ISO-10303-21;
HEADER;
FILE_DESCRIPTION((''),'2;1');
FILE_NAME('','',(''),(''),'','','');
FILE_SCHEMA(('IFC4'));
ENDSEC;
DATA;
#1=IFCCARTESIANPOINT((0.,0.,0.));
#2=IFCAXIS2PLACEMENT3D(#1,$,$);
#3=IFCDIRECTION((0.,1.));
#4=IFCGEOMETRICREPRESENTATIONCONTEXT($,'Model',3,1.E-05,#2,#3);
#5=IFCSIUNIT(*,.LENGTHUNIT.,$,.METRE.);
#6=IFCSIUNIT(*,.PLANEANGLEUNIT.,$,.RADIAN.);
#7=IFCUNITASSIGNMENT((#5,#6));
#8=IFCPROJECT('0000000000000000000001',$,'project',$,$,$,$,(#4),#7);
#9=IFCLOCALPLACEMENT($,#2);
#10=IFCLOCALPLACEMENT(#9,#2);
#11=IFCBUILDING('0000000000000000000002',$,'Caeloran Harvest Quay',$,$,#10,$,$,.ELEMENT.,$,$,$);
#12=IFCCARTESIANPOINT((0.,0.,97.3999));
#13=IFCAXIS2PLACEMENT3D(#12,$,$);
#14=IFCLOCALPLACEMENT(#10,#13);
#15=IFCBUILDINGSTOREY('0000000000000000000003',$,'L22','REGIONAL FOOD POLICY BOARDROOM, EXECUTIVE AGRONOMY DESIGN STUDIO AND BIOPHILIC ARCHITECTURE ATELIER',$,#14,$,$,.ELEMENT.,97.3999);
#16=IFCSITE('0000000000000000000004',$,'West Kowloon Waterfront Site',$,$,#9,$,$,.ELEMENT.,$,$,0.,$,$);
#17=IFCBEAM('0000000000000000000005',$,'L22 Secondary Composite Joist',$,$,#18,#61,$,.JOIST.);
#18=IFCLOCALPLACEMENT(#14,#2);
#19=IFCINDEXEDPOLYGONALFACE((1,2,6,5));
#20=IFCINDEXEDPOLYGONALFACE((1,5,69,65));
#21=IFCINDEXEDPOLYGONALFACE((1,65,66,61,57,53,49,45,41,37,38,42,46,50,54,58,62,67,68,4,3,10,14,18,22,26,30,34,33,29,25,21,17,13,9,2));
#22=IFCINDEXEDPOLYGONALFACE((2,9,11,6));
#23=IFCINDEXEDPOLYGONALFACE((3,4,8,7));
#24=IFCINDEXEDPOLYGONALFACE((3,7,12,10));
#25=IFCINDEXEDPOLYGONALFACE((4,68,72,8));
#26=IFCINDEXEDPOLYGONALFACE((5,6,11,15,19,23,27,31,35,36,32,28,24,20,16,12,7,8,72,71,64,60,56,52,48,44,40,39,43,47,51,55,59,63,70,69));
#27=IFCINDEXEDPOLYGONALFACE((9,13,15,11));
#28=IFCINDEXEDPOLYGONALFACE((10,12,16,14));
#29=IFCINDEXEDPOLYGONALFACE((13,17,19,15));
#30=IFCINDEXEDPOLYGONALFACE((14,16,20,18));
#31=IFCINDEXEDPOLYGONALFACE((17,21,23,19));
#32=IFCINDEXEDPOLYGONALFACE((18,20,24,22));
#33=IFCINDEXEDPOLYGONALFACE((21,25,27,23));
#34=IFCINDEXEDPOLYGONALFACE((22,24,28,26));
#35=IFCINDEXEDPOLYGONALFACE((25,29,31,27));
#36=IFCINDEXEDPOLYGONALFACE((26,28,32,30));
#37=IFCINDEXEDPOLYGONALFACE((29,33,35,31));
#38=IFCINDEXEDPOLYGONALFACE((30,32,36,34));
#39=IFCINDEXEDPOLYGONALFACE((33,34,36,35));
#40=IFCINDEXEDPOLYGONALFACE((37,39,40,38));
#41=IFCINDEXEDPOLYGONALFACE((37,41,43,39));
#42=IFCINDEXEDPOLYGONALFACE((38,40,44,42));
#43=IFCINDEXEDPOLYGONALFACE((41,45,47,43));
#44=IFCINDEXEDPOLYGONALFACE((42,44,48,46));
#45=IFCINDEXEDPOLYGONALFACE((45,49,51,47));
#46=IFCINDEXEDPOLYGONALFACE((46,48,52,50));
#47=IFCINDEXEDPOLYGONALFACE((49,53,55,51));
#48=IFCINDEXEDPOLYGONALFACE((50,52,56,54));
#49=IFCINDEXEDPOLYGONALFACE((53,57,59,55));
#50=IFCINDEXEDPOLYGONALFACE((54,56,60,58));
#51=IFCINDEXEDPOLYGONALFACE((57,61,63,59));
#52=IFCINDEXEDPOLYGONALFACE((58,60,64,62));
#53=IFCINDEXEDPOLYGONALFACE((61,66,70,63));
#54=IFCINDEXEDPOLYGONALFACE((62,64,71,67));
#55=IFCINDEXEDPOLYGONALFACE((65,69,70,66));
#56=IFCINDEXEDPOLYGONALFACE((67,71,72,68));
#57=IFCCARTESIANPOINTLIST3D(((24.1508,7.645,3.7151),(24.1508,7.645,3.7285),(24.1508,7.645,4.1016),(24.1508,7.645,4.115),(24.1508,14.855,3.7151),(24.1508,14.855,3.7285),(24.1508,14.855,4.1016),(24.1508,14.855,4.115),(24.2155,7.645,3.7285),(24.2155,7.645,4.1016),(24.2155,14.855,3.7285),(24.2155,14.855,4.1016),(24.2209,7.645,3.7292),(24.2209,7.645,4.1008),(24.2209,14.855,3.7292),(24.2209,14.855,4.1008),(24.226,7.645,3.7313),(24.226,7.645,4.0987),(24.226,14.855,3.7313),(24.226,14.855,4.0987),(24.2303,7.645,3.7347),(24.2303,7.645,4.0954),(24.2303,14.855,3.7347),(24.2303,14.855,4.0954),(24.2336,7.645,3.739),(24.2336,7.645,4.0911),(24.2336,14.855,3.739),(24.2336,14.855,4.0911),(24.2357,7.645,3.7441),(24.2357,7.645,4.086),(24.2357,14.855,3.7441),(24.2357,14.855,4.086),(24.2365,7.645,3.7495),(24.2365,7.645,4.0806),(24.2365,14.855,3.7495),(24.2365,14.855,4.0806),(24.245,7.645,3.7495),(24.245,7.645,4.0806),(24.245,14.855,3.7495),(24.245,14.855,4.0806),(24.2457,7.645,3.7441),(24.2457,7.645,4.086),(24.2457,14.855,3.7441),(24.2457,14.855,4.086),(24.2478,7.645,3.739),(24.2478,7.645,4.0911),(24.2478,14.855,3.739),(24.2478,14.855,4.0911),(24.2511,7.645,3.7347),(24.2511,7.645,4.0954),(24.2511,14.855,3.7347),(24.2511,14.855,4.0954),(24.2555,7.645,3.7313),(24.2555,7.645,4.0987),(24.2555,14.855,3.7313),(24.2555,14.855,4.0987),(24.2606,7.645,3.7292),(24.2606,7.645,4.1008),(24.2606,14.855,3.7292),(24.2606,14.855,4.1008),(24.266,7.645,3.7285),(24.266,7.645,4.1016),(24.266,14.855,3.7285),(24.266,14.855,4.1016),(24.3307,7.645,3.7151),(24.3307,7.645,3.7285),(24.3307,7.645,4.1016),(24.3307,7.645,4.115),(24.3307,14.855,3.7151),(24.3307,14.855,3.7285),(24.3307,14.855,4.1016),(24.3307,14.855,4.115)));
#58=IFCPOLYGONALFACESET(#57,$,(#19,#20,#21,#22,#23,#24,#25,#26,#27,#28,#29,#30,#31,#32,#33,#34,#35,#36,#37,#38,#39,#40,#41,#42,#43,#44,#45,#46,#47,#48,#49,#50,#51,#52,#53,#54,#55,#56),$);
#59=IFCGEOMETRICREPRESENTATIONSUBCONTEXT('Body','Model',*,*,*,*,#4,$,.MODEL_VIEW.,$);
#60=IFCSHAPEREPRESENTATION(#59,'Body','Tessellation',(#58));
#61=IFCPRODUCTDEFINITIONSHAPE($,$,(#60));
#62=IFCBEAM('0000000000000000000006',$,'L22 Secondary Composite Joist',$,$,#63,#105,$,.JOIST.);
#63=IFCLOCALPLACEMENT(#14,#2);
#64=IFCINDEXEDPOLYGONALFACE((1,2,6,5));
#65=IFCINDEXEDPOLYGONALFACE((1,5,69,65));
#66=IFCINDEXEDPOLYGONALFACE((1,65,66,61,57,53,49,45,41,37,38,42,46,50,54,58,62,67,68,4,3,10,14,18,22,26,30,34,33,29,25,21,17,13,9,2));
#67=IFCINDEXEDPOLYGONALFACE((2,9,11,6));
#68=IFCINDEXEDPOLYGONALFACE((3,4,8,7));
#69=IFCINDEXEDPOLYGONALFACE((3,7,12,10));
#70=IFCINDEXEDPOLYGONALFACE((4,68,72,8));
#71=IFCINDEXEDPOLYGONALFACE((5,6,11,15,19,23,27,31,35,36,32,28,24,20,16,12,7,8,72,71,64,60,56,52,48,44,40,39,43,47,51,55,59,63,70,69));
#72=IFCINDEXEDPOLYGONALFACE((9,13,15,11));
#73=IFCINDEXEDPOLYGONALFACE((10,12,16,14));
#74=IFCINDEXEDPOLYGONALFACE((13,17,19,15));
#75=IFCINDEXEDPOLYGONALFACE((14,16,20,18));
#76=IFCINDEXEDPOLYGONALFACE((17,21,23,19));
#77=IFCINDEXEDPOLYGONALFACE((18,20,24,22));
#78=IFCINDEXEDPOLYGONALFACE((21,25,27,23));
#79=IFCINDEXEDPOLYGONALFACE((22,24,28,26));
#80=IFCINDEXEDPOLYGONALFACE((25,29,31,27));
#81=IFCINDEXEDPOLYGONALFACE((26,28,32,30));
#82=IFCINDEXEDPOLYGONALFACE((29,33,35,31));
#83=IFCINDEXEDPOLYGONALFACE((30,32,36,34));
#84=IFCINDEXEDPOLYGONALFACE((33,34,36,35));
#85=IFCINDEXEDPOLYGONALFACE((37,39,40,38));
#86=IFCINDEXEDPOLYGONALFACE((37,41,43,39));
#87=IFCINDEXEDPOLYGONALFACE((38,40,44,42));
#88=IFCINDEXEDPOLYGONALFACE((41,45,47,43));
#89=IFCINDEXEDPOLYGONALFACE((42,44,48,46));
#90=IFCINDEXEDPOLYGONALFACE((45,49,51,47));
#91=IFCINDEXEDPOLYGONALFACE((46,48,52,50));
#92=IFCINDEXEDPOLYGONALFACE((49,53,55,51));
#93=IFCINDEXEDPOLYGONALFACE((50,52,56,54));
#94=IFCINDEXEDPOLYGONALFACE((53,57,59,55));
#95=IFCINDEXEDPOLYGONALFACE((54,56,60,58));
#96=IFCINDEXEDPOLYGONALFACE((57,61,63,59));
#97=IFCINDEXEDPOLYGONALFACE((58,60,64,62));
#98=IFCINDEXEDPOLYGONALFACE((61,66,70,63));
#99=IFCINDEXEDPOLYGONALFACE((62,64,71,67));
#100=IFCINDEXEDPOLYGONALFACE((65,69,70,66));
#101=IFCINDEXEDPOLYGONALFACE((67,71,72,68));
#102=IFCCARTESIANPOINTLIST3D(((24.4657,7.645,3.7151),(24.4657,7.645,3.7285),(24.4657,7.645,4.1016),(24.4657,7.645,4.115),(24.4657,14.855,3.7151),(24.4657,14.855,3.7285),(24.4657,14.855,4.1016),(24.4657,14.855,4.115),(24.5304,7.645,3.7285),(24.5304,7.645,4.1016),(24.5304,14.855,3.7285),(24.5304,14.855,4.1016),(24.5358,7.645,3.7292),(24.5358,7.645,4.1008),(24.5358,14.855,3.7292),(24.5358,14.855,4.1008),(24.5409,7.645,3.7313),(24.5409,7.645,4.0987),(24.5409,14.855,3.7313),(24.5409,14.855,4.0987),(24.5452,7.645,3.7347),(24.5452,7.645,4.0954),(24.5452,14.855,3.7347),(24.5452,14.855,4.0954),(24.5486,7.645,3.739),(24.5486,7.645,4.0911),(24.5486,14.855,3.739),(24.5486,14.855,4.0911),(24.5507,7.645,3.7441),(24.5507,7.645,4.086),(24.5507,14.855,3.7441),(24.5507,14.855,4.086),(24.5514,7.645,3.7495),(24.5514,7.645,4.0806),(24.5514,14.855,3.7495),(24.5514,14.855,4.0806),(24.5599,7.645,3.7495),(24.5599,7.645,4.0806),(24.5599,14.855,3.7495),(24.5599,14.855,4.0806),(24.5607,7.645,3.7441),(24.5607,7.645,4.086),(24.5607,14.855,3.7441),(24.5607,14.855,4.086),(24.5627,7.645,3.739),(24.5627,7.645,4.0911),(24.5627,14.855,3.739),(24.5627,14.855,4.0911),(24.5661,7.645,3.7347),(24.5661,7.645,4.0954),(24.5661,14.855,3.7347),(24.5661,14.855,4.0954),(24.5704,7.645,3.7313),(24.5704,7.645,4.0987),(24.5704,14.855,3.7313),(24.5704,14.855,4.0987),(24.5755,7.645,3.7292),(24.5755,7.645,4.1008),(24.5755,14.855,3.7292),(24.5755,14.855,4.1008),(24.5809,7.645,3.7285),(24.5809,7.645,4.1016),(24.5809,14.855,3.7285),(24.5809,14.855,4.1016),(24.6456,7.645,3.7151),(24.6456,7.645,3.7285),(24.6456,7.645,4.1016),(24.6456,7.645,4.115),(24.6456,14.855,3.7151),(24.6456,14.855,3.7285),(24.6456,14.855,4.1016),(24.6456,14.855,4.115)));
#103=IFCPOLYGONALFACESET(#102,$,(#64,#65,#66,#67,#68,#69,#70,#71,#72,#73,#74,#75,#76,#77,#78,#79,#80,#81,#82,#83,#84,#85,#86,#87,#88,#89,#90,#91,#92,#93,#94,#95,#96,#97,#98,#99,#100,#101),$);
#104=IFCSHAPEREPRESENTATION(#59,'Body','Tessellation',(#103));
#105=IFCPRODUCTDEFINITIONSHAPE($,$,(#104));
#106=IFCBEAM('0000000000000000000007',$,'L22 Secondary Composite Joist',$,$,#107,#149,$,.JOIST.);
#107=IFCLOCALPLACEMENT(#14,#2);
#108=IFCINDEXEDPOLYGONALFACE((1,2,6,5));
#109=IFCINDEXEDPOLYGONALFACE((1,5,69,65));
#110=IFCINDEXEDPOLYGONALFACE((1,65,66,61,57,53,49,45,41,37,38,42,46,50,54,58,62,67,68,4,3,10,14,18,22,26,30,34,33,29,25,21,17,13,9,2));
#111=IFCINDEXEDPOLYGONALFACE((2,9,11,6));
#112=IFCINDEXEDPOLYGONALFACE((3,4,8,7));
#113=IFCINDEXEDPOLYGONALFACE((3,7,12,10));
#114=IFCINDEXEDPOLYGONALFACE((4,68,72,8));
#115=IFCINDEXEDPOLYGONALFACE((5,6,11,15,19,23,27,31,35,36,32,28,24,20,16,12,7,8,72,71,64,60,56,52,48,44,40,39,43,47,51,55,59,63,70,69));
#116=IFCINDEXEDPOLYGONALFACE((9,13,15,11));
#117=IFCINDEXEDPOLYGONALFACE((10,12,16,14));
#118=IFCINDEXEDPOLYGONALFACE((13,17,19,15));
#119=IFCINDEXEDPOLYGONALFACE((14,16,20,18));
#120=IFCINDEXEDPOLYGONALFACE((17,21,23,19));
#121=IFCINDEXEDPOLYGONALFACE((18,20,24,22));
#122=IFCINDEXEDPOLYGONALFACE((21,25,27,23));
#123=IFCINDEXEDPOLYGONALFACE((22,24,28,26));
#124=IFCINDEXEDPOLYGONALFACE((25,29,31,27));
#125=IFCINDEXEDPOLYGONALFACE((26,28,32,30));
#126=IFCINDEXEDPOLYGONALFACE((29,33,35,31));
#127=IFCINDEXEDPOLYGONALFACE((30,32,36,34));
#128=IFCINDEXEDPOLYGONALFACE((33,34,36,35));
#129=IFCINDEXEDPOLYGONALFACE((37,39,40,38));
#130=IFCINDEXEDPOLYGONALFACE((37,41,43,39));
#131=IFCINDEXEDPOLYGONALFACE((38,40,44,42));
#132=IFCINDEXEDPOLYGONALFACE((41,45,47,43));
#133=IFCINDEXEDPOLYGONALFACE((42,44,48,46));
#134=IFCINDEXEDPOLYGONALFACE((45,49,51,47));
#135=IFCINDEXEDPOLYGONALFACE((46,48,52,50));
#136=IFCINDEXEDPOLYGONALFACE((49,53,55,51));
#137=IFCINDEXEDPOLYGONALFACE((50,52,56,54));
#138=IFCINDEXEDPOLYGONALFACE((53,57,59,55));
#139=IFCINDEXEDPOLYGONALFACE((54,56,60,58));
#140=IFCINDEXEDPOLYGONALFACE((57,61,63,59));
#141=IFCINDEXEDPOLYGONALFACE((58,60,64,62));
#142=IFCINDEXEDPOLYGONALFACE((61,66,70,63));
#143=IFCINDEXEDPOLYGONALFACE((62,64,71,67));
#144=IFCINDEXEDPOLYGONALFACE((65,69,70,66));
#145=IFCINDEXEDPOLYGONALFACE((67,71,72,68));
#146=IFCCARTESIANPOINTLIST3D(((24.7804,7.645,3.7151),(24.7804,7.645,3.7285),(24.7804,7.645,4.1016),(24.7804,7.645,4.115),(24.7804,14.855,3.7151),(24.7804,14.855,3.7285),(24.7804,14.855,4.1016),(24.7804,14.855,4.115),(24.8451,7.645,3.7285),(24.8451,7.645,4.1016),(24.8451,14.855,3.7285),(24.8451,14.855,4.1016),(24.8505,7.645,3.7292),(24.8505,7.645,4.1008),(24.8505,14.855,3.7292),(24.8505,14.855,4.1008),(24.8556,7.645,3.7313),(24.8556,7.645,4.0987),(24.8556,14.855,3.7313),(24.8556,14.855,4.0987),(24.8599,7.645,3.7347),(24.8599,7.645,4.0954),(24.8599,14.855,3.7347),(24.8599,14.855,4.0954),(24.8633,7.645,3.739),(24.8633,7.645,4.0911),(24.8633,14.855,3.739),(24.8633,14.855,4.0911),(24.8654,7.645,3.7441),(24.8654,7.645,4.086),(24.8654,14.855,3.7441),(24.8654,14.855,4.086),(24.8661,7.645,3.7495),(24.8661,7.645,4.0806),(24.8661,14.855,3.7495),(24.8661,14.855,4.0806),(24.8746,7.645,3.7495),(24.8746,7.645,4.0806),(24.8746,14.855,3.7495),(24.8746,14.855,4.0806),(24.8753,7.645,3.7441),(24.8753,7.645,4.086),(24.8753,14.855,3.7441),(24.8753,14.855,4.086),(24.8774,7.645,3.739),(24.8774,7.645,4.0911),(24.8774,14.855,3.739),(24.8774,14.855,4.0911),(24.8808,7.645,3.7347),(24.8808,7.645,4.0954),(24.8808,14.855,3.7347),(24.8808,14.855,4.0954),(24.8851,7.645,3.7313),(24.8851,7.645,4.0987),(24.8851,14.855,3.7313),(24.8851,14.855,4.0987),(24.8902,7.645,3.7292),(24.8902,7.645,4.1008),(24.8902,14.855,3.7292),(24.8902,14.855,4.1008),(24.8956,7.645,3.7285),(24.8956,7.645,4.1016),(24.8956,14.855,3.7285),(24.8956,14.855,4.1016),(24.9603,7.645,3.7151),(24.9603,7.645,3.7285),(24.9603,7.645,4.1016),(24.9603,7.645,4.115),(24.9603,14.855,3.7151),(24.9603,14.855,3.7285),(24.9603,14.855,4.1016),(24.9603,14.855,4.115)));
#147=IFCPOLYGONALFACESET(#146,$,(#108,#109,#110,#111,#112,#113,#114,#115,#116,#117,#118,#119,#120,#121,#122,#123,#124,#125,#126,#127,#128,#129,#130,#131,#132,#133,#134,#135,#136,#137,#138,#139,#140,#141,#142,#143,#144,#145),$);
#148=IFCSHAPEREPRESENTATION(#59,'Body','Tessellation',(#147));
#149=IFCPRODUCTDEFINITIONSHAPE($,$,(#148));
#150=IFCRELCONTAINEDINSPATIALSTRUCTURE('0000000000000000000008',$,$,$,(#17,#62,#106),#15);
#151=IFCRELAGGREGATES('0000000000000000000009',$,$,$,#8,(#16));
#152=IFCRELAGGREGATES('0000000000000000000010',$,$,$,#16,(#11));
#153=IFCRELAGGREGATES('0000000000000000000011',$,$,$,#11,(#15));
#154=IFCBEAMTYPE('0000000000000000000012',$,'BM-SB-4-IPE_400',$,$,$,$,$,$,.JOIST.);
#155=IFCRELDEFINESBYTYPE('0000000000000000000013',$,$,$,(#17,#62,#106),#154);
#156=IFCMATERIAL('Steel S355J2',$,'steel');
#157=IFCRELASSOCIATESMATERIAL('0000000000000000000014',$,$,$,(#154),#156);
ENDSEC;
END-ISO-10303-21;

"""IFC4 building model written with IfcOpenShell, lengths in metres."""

from ifc_helpers import new_model, si_unit, direction, frame, origin, origin_2d, place, context, subcontext, project, spatial, i_section, extrude, material, material_profile, profile_set, type_object, element, save


model = new_model("IFC4")

# Units and contexts
model_context = context("Model", 3, precision=1e-05, world=origin(), true_north=direction((0.0, 1.0)))
body_context = subcontext(model_context, "Body", "Model", "MODEL_VIEW")
ifc_project = project(units=[si_unit("LENGTHUNIT", "METRE"), si_unit("PLANEANGLEUNIT", "RADIAN")], contexts=[model_context])

# Site, building, storey
site_placement = place(None, origin())
site = spatial("IfcSite", under=ifc_project, at=site_placement, Name="West Kowloon Waterfront Site", CompositionType="ELEMENT", RefElevation=0.0)
building_placement = place(site_placement, origin())
building = spatial("IfcBuilding", under=site, at=building_placement, Name="Caeloran Harvest Quay", CompositionType="ELEMENT")
storey_placement = place(building_placement, frame((0.0, 0.0, 97.3999)))
storey = spatial("IfcBuildingStorey", under=building, at=storey_placement, Name="L22", Description="REGIONAL FOOD POLICY BOARDROOM, EXECUTIVE AGRONOMY DESIGN STUDIO AND BIOPHILIC ARCHITECTURE ATELIER", CompositionType="ELEMENT", Elevation=97.3999)

# Beams
ifc_material_1 = material(Name="Steel S355J2", Category="steel")
ifc_material_profile_1 = material_profile(ifc_material_1, i_section(OverallWidth=0.1799, OverallDepth=0.3999, WebThickness=0.0085, FlangeThickness=0.0134, FilletRadius=0.021, at=origin_2d()), Name="IPE 400")
ifc_profile_set_1 = profile_set([ifc_material_profile_1], Name="Steel S355J2")
beam_type_1 = type_object("IfcBeamType", Name="BM-SB-4-IPE_400", PredefinedType="JOIST", material=ifc_profile_set_1)
for number, where, z_axis, x_axis, name in (
    (1, (24.2407, 7.645, 3.915), (0.0, 1.0, 0.0), (-1.0, 0.0, 0.0), "L22 Secondary Composite Joist"),
    (2, (24.5557, 7.645, 3.915), (0.0, 1.0, 0.0), (-1.0, 0.0, 0.0), "L22 Secondary Composite Joist"),
    (3, (24.8704, 7.645, 3.915), (0.0, 1.0, 0.0), (-1.0, 0.0, 0.0), "L22 Secondary Composite Joist"),
):
    element("IfcBeam", number, at=place(storey_placement, frame(where, z_axis=z_axis, x_axis=x_axis)), inside=storey, type_object=beam_type_1, Name=name, PredefinedType="JOIST", context=body_context, shape_type="SweptSolid", body=[
        extrude(i_section(OverallWidth=0.1799, OverallDepth=0.3999, WebThickness=0.0085, FlangeThickness=0.0134, FilletRadius=0.021, at=origin_2d()), origin(), (0.0, 0.0, 1.0), 7.21),
    ])

save(model, "model.ifc")
